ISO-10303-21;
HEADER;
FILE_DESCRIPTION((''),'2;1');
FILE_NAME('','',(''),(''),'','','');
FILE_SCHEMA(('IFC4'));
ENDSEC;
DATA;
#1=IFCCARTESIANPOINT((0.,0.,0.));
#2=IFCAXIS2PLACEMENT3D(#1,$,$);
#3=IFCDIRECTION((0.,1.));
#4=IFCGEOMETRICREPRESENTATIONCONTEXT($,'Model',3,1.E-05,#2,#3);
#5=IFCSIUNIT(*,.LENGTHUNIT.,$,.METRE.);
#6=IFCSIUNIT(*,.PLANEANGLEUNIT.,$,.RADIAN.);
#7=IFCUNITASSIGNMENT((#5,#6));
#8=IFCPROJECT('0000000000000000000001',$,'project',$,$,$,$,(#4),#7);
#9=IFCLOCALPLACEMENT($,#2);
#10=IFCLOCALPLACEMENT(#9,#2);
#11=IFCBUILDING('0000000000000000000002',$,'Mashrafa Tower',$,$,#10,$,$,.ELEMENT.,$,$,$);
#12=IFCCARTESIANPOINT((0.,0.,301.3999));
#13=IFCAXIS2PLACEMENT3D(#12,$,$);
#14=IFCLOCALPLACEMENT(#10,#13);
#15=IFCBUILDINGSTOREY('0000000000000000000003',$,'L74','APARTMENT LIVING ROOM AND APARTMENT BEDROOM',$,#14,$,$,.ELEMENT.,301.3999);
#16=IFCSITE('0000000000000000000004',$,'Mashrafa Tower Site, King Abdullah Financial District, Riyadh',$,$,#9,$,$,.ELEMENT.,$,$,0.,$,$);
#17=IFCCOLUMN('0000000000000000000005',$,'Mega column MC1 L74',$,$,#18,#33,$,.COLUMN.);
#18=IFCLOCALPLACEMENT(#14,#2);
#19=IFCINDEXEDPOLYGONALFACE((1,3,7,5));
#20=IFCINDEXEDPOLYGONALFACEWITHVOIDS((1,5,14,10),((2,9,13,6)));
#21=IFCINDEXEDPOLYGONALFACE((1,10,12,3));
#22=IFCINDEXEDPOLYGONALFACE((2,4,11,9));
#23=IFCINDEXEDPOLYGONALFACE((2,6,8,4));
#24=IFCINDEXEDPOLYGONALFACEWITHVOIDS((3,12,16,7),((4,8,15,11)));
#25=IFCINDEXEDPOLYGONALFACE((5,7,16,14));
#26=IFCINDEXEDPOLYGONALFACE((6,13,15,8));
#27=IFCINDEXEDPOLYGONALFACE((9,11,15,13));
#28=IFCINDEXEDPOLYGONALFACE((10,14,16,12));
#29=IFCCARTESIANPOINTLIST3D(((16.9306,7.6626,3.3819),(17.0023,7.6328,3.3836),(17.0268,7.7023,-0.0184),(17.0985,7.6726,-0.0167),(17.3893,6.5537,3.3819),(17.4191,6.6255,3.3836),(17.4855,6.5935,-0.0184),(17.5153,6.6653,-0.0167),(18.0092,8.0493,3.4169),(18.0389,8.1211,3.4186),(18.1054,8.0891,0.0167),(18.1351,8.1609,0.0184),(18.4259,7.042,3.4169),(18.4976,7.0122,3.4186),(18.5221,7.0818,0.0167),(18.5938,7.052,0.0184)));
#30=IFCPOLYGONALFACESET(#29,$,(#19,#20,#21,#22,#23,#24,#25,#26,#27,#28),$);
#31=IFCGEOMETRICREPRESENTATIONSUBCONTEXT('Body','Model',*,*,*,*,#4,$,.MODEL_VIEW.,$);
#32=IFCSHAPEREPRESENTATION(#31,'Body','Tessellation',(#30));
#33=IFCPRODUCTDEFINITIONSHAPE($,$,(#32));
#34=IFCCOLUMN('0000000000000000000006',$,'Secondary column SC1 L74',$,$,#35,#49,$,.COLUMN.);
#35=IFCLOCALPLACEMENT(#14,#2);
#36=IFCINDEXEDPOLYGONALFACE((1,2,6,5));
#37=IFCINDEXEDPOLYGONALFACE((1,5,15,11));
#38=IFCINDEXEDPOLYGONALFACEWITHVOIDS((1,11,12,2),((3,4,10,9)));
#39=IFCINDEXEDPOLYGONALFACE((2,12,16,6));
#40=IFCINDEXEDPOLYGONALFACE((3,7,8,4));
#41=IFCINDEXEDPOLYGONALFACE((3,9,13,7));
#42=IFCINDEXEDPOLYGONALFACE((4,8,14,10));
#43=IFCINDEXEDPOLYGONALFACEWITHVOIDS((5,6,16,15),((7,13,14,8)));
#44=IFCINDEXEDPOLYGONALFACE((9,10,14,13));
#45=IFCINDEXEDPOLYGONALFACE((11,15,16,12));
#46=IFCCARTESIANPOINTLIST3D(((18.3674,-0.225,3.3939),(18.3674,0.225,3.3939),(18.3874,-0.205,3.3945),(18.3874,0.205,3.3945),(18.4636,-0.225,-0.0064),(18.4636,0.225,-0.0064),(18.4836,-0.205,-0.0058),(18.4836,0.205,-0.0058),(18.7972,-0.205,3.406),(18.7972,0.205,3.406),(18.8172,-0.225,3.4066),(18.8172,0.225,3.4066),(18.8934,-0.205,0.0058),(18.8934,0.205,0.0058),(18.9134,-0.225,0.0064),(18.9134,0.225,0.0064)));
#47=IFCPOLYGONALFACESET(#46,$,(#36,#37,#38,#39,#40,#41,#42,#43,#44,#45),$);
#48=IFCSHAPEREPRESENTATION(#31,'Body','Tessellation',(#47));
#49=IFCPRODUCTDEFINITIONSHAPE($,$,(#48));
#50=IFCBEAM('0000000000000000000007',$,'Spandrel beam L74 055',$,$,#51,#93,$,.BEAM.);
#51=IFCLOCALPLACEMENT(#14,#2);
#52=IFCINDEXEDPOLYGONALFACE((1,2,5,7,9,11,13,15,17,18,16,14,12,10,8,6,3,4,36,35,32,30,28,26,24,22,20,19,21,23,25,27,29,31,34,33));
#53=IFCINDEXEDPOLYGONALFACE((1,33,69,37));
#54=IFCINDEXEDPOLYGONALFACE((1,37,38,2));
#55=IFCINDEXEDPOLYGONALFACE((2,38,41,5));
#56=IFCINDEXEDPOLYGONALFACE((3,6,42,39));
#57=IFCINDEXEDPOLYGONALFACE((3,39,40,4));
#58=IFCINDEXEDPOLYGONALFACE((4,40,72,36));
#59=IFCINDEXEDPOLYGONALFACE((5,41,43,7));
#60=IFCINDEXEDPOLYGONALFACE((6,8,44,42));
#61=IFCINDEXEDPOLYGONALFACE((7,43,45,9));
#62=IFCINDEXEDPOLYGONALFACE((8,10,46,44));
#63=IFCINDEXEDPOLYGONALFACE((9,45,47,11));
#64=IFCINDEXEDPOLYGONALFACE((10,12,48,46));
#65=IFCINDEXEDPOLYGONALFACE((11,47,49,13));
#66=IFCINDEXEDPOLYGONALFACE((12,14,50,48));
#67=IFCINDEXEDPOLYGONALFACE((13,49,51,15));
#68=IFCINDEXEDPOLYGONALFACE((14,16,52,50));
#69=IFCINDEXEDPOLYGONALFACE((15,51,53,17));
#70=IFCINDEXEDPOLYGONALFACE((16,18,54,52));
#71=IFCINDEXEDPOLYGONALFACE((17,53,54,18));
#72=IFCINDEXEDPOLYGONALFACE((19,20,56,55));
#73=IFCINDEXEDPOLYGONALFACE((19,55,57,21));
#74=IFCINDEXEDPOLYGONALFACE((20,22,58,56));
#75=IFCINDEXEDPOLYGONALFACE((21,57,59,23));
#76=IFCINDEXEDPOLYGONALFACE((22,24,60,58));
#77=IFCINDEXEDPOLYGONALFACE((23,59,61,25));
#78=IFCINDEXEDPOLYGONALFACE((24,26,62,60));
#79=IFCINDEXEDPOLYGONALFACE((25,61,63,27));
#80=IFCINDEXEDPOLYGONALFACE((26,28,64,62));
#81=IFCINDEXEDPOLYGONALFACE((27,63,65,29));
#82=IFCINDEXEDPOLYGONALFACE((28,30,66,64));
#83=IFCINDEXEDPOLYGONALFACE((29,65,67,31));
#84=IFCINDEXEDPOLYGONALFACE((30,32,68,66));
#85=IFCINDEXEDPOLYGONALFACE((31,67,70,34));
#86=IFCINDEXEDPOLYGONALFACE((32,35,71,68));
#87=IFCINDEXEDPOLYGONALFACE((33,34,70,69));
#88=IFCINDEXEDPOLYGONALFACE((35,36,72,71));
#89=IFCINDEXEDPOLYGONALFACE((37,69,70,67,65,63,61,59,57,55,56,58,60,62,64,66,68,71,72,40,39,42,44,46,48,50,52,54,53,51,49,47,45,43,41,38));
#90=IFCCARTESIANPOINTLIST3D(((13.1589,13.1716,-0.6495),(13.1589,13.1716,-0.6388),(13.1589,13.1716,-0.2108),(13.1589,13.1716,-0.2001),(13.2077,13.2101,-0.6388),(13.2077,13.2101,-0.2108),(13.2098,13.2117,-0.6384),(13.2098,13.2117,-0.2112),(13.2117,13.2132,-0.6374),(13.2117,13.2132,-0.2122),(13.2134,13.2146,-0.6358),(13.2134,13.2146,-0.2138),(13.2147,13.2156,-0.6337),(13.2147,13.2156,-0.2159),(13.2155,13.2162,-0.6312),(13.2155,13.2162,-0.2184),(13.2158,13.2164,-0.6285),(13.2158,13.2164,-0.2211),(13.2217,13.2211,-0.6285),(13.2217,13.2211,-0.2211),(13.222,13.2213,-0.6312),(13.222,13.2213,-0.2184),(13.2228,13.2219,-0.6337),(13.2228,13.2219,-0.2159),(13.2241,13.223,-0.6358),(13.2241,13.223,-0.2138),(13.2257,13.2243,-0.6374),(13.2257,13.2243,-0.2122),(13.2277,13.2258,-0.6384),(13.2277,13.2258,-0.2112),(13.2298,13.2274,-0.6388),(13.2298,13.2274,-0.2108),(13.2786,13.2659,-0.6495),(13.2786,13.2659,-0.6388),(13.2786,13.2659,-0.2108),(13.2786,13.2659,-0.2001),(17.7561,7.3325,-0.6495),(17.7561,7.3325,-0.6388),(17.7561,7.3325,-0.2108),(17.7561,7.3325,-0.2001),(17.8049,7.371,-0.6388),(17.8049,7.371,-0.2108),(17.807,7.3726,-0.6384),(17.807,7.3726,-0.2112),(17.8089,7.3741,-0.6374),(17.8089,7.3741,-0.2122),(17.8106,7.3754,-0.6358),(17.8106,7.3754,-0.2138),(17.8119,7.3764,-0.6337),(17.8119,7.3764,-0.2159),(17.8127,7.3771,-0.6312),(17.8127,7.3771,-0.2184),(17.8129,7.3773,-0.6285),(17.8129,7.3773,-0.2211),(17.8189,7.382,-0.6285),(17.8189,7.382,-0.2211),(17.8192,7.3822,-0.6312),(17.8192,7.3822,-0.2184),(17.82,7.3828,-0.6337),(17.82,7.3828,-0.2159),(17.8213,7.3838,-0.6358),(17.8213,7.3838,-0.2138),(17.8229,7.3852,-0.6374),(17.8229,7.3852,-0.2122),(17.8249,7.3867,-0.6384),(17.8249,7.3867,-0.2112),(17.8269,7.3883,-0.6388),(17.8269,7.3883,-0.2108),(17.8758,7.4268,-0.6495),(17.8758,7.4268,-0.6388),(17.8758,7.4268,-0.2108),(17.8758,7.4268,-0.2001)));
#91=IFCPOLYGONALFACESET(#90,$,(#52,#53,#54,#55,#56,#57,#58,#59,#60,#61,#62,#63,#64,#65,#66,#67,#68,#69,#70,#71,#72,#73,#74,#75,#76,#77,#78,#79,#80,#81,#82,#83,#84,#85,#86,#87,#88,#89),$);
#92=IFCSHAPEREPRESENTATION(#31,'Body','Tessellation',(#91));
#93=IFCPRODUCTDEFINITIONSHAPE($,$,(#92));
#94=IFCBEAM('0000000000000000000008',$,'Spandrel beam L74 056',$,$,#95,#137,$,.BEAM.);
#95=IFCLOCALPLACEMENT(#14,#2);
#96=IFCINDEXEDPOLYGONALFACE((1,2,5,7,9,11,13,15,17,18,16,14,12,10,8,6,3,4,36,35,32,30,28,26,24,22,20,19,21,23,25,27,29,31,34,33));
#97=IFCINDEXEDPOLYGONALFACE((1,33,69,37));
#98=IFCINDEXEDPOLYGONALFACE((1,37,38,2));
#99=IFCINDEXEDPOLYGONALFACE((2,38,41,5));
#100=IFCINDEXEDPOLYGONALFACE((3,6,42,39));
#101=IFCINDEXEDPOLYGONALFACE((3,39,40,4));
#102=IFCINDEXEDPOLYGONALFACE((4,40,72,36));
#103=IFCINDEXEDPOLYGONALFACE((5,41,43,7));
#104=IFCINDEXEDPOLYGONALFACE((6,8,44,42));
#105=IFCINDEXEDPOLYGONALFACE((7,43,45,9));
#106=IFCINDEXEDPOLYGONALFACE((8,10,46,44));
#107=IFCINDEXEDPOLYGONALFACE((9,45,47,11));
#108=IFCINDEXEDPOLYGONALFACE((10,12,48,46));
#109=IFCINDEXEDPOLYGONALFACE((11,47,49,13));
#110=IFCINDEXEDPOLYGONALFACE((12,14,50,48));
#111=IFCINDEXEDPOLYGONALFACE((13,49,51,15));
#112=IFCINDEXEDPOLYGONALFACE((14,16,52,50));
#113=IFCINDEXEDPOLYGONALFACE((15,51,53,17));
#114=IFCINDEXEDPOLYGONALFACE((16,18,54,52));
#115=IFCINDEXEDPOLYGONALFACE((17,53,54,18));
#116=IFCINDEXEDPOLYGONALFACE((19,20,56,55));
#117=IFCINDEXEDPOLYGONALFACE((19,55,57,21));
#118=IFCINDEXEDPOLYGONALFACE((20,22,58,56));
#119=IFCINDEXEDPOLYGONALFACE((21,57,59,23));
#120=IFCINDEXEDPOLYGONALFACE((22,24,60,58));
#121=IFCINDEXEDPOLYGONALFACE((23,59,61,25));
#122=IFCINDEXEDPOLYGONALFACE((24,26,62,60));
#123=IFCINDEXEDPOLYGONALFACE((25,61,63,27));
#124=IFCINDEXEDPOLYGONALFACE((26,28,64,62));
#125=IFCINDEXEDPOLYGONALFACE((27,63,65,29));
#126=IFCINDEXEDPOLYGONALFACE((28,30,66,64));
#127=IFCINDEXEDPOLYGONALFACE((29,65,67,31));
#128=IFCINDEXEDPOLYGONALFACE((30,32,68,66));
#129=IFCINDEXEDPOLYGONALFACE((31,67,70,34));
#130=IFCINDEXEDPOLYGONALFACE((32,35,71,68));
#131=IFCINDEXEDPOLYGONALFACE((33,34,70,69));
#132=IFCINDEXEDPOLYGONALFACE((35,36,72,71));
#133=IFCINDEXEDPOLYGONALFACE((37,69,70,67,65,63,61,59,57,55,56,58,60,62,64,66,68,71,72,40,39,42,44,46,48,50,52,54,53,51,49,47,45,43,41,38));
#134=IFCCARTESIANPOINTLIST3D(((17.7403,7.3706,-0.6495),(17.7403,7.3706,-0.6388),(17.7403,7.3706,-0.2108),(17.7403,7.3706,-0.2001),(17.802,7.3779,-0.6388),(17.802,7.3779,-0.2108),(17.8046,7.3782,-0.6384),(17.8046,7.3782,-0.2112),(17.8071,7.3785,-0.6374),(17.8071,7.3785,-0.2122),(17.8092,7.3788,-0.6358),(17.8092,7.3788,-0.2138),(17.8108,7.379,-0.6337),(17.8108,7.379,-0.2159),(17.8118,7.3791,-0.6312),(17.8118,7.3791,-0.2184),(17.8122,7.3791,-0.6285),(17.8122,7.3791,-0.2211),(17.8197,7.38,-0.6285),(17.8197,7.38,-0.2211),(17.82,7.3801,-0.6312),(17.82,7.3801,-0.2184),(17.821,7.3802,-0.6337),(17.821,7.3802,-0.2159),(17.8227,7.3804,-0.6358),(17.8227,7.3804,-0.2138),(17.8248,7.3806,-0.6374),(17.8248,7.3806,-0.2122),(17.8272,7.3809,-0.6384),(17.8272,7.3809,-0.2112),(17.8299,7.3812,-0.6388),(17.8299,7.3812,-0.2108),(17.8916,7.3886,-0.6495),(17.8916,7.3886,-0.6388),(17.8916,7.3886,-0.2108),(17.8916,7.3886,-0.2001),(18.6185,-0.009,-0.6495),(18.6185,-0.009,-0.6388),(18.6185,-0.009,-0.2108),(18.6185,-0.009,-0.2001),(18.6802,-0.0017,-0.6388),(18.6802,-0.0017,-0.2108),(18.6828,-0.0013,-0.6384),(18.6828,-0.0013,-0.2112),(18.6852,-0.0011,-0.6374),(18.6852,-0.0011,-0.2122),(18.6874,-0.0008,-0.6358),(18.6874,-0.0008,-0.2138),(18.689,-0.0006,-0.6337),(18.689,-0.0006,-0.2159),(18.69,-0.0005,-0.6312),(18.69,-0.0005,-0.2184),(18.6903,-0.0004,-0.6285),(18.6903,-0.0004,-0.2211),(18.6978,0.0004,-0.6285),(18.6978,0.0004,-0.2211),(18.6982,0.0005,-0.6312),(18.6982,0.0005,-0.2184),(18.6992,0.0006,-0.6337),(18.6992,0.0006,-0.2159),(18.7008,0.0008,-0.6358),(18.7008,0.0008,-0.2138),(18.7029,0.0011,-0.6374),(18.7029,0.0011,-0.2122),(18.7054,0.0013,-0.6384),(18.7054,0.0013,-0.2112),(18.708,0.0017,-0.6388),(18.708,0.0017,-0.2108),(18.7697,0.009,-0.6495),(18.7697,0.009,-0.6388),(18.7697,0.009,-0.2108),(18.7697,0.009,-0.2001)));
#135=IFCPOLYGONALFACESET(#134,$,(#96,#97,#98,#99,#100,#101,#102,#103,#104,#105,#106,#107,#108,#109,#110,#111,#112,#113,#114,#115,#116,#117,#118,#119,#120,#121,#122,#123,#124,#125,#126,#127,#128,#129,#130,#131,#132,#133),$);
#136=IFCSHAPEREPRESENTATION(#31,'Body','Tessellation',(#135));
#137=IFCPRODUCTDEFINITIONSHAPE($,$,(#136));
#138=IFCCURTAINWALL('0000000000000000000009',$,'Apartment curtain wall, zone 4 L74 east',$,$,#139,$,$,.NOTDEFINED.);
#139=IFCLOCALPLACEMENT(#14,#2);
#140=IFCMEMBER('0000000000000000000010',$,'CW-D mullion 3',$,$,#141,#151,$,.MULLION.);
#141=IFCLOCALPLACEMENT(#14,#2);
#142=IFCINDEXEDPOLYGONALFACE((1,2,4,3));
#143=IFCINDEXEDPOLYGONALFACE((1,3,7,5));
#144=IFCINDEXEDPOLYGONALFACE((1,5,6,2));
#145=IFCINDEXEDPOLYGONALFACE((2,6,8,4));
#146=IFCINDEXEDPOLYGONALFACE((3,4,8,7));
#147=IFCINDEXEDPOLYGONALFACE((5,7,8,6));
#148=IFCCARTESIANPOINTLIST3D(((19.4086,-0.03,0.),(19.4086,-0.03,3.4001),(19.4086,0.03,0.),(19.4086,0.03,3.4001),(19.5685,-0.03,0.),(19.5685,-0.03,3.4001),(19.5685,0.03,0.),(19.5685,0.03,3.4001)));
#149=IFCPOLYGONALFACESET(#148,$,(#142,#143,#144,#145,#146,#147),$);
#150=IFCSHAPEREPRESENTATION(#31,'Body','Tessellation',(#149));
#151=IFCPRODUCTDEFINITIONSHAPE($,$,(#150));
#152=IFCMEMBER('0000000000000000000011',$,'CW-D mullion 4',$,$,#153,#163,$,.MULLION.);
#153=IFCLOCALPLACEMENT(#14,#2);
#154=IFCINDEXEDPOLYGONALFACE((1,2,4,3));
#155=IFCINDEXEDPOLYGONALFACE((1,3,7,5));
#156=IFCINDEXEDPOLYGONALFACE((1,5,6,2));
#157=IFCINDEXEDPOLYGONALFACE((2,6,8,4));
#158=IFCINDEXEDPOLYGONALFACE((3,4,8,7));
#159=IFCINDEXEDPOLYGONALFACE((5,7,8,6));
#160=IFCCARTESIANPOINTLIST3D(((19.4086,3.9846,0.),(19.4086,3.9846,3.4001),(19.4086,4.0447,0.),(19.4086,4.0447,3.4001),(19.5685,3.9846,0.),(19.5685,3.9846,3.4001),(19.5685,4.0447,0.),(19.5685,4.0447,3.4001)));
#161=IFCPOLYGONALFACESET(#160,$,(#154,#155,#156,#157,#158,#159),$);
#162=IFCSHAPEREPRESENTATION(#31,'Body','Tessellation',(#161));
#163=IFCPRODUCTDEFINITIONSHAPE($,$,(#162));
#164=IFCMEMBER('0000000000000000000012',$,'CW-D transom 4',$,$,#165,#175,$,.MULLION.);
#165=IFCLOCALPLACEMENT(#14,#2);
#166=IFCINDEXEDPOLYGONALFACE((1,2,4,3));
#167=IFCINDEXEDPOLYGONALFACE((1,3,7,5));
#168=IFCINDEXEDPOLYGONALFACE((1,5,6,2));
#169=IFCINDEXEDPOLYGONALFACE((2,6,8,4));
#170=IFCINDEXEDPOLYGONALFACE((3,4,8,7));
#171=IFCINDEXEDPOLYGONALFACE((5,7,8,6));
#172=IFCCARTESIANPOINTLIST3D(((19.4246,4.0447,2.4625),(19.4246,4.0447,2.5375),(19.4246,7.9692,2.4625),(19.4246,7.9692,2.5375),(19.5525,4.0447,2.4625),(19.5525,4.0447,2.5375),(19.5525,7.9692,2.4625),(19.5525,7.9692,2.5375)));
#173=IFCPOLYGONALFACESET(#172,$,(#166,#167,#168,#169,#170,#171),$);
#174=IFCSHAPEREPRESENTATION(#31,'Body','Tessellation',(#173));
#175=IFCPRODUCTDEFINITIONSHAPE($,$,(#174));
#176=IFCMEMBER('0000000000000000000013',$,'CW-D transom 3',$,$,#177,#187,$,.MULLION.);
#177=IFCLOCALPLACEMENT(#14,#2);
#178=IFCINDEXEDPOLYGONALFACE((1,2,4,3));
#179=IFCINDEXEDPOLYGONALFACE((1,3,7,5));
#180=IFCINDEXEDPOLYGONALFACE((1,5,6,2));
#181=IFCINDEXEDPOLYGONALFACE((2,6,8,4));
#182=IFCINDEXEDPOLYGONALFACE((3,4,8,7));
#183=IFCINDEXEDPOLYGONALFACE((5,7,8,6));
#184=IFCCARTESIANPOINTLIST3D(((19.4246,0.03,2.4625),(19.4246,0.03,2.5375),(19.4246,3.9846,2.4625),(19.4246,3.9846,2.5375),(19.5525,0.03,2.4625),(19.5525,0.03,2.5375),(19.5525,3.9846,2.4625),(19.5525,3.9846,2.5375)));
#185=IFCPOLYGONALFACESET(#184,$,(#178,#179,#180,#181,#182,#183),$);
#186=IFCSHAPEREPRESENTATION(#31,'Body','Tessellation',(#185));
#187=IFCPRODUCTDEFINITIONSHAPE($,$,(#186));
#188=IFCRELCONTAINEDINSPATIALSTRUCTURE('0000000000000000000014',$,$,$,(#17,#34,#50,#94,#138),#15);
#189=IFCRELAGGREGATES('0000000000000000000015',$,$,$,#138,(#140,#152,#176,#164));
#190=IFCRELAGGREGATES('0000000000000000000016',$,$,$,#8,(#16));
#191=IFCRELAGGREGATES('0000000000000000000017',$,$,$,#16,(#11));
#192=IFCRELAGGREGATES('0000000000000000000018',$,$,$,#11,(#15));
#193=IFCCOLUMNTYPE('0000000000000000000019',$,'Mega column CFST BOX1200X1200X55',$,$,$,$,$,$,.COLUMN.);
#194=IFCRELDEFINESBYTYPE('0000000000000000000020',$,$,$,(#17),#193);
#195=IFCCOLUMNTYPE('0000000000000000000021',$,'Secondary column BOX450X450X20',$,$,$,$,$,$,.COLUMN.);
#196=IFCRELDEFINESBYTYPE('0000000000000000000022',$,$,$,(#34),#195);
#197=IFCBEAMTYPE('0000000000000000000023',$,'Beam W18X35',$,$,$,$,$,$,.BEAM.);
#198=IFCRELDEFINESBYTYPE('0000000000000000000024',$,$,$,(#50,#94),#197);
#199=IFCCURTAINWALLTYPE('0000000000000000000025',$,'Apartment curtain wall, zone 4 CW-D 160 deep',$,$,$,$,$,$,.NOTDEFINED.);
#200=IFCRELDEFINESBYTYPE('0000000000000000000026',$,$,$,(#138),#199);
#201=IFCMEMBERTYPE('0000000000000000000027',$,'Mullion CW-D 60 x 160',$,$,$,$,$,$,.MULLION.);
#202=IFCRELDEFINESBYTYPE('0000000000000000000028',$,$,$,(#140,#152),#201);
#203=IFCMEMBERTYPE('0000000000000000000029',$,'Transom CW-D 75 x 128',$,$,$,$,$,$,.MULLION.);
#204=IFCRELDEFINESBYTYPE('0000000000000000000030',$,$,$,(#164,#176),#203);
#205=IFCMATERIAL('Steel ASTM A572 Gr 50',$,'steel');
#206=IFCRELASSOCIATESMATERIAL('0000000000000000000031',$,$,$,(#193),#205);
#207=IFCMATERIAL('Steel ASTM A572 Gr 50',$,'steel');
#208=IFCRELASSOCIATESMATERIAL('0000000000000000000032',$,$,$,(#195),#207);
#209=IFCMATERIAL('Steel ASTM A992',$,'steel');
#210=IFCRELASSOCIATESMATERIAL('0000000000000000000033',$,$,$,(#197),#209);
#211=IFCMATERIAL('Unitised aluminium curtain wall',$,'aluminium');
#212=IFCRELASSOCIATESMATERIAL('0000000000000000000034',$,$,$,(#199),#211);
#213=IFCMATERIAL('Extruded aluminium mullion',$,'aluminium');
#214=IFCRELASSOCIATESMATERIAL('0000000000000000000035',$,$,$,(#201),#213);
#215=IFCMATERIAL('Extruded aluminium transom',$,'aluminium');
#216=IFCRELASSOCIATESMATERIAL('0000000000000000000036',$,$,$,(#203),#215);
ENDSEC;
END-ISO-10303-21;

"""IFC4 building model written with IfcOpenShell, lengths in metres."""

from ifc_helpers import new_model, si_unit, direction, frame, origin, origin_2d, place, context, subcontext, project, spatial, rectangle, hollow_rectangle, i_section, extrude, source, transform, mapped, material, material_profile, profile_set, type_object, type_shapes, element, aggregate, save


model = new_model("IFC4")

# Units and contexts
model_context = context("Model", 3, precision=1e-05, world=origin(), true_north=direction((0.0, 1.0)))
body_context = subcontext(model_context, "Body", "Model", "MODEL_VIEW")
ifc_project = project(units=[si_unit("LENGTHUNIT", "METRE"), si_unit("PLANEANGLEUNIT", "RADIAN")], contexts=[model_context])

# Site, building, storey
site_placement = place(None, origin())
site = spatial("IfcSite", under=ifc_project, at=site_placement, Name="Mashrafa Tower Site, King Abdullah Financial District, Riyadh", CompositionType="ELEMENT", RefElevation=0.0)
building_placement = place(site_placement, origin())
building = spatial("IfcBuilding", under=site, at=building_placement, Name="Mashrafa Tower", CompositionType="ELEMENT")
storey_placement = place(building_placement, frame((0.0, 0.0, 301.3999)))
storey = spatial("IfcBuildingStorey", under=building, at=storey_placement, Name="L74", Description="APARTMENT LIVING ROOM AND APARTMENT BEDROOM", CompositionType="ELEMENT", Elevation=301.3999)

# Columns
ifc_material_1 = material(Name="Steel ASTM A572 Gr 50", Category="steel")
ifc_material_profile_1 = material_profile(ifc_material_1, hollow_rectangle(XDim=1.2, YDim=1.2, WallThickness=0.0549, at=origin_2d()), Name="BOX1200X1200X55")
ifc_profile_set_1 = profile_set([ifc_material_profile_1], Name="Steel ASTM A572 Gr 50")
column_type_1 = type_object("IfcColumnType", Name="Mega column CFST BOX1200X1200X55", PredefinedType="COLUMN", material=ifc_profile_set_1)
column_1_placement = place(storey_placement, frame((17.8103, 7.3772, 0.0), z_axis=(-0.028277, -0.011698, 0.999532), x_axis=(0.382283, -0.924045, 0.0)))
element("IfcColumn", 1, at=column_1_placement, inside=storey, type_object=column_type_1, Name="Mega column MC1 L74", PredefinedType="COLUMN", context=body_context, shape_type="SweptSolid", body=[
    extrude(hollow_rectangle(XDim=1.2, YDim=1.2, WallThickness=0.0549, at=origin_2d()), origin(), (0.0, 0.0, 1.0), 3.4019),
])
ifc_material_2 = material(Name="Steel ASTM A572 Gr 50", Category="steel")
ifc_material_profile_2 = material_profile(ifc_material_2, hollow_rectangle(XDim=0.45, YDim=0.45, WallThickness=0.02, at=origin_2d()), Name="BOX450X450X20")
ifc_profile_set_2 = profile_set([ifc_material_profile_2], Name="Steel ASTM A572 Gr 50")
column_type_2 = type_object("IfcColumnType", Name="Secondary column BOX450X450X20", PredefinedType="COLUMN", material=ifc_profile_set_2)
column_2_placement = place(storey_placement, frame((18.6885, 0.0, 0.0), z_axis=(-0.028279, 0.0, 0.9996), x_axis=(0.0, -1.0, 0.0)))
element("IfcColumn", 2, at=column_2_placement, inside=storey, type_object=column_type_2, Name="Secondary column SC1 L74", PredefinedType="COLUMN", context=body_context, shape_type="SweptSolid", body=[
    extrude(hollow_rectangle(XDim=0.45, YDim=0.45, WallThickness=0.02, at=origin_2d()), origin(), (0.0, 0.0, 1.0), 3.4016),
])

# Beams
ifc_material_3 = material(Name="Steel ASTM A992", Category="steel")
ifc_material_profile_3 = material_profile(ifc_material_3, i_section(OverallWidth=0.1523, OverallDepth=0.4495, WebThickness=0.0076, FlangeThickness=0.0107, FilletRadius=0.0103, at=origin_2d()), Name="W18X35")
ifc_profile_set_3 = profile_set([ifc_material_profile_3], Name="Steel ASTM A992")
beam_type = type_object("IfcBeamType", Name="Beam W18X35", PredefinedType="BEAM", material=ifc_profile_set_3)
for number, where, z_axis, x_axis, name in (
    (3, (17.8159, 7.3796, -0.4248), (-0.618595, 0.78571, 0.0), (-0.78571, -0.618595, 0.0), "Spandrel beam L74 055"),
    (4, (18.6941, 0.0, -0.4248), (-0.118166, 0.992994, 0.0), (-0.992994, -0.118166, 0.0), "Spandrel beam L74 056"),
):
    element("IfcBeam", number, at=place(storey_placement, frame(where, z_axis=z_axis, x_axis=x_axis)), inside=storey, type_object=beam_type, Name=name, PredefinedType="BEAM", context=body_context, shape_type="SweptSolid", body=[
        extrude(i_section(OverallWidth=0.1523, OverallDepth=0.4495, WebThickness=0.0076, FlangeThickness=0.0107, FilletRadius=0.0103, at=origin_2d()), origin(), (0.0, 0.0, 1.0), 7.4316),
    ])

# Curtain wall, members
ifc_material_4 = material(Name="Unitised aluminium curtain wall", Category="aluminium")
curtain_wall_type = type_object("IfcCurtainWallType", Name="Apartment curtain wall, zone 4 CW-D 160 deep", PredefinedType="NOTDEFINED", material=ifc_material_4)
curtain_wall_placement = place(storey_placement, origin())
curtain_wall = element("IfcCurtainWall", 5, at=curtain_wall_placement, inside=storey, type_object=curtain_wall_type, Name="Apartment curtain wall, zone 4 L74 east", PredefinedType="NOTDEFINED")
ifc_material_5 = material(Name="Extruded aluminium mullion", Category="aluminium")
ifc_material_profile_4 = material_profile(ifc_material_5, rectangle(XDim=0.1599, YDim=0.0601, at=origin_2d()), Name="Mullion 60x160")
ifc_profile_set_4 = profile_set([ifc_material_profile_4], Name="Extruded aluminium mullion")
member_type_1 = type_object("IfcMemberType", Name="Mullion CW-D 60 x 160", PredefinedType="MULLION", material=ifc_profile_set_4)
shared_shape_1 = source(origin(), body_context, "Body", "SweptSolid", [
    extrude(rectangle(XDim=0.1599, YDim=0.0601, at=origin_2d()), origin(), (0.0, 0.0, 1.0), 3.4001),
])
type_shapes(member_type_1, [shared_shape_1])
member_1_placement = place(storey_placement, frame((19.4885, 0.0, 0.0), z_axis=(0.0, 0.0, 1.0), x_axis=(-1.0, 0.0, 0.0)))
member_1 = element("IfcMember", 6, at=member_1_placement, type_object=member_type_1, Name="CW-D mullion 3", PredefinedType="MULLION", context=body_context, shape_type="MappedRepresentation", body=[
    mapped(shared_shape_1, transform((0.0, 0.0, 0.0))),
])
member_2_placement = place(storey_placement, frame((19.4885, 4.0146, 0.0), z_axis=(0.0, 0.0, 1.0), x_axis=(-1.0, 0.0, 0.0)))
member_2 = element("IfcMember", 7, at=member_2_placement, type_object=member_type_1, Name="CW-D mullion 4", PredefinedType="MULLION", context=body_context, shape_type="MappedRepresentation", body=[
    mapped(shared_shape_1, transform((0.0, 0.0, 0.0))),
])
ifc_material_6 = material(Name="Extruded aluminium transom", Category="aluminium")
ifc_material_profile_5 = material_profile(ifc_material_6, rectangle(XDim=0.1279, YDim=0.075, at=origin_2d()), Name="Transom 75x128")
ifc_profile_set_5 = profile_set([ifc_material_profile_5], Name="Extruded aluminium transom")
member_type_2 = type_object("IfcMemberType", Name="Transom CW-D 75 x 128", PredefinedType="MULLION", material=ifc_profile_set_5)
shared_shape_2 = source(origin(), body_context, "Body", "SweptSolid", [
    extrude(rectangle(XDim=0.1279, YDim=0.075, at=origin_2d()), origin(), (0.0, 0.0, 1.0), 3.9246),
])
member_3_placement = place(storey_placement, frame((19.4885, 4.0447, 2.5), z_axis=(0.0, 1.0, 0.0), x_axis=(-1.0, 0.0, 0.0)))
member_3 = element("IfcMember", 8, at=member_3_placement, type_object=member_type_2, Name="CW-D transom 4", PredefinedType="MULLION", context=body_context, shape_type="MappedRepresentation", body=[
    mapped(shared_shape_2, transform((0.0, 0.0, 0.0))),
])
shared_shape_3 = source(origin(), body_context, "Body", "SweptSolid", [
    extrude(rectangle(XDim=0.1279, YDim=0.075, at=origin_2d()), origin(), (0.0, 0.0, 1.0), 3.9546),
])
type_shapes(member_type_2, [shared_shape_2, shared_shape_3])
member_4_placement = place(storey_placement, frame((19.4885, 0.03, 2.5), z_axis=(0.0, 1.0, 0.0), x_axis=(-1.0, 0.0, 0.0)))
member_4 = element("IfcMember", 9, at=member_4_placement, type_object=member_type_2, Name="CW-D transom 3", PredefinedType="MULLION", context=body_context, shape_type="MappedRepresentation", body=[
    mapped(shared_shape_3, transform((0.0, 0.0, 0.0))),
])
aggregate(curtain_wall, [member_1, member_2, member_4, member_3])

save(model, "model.ifc")
